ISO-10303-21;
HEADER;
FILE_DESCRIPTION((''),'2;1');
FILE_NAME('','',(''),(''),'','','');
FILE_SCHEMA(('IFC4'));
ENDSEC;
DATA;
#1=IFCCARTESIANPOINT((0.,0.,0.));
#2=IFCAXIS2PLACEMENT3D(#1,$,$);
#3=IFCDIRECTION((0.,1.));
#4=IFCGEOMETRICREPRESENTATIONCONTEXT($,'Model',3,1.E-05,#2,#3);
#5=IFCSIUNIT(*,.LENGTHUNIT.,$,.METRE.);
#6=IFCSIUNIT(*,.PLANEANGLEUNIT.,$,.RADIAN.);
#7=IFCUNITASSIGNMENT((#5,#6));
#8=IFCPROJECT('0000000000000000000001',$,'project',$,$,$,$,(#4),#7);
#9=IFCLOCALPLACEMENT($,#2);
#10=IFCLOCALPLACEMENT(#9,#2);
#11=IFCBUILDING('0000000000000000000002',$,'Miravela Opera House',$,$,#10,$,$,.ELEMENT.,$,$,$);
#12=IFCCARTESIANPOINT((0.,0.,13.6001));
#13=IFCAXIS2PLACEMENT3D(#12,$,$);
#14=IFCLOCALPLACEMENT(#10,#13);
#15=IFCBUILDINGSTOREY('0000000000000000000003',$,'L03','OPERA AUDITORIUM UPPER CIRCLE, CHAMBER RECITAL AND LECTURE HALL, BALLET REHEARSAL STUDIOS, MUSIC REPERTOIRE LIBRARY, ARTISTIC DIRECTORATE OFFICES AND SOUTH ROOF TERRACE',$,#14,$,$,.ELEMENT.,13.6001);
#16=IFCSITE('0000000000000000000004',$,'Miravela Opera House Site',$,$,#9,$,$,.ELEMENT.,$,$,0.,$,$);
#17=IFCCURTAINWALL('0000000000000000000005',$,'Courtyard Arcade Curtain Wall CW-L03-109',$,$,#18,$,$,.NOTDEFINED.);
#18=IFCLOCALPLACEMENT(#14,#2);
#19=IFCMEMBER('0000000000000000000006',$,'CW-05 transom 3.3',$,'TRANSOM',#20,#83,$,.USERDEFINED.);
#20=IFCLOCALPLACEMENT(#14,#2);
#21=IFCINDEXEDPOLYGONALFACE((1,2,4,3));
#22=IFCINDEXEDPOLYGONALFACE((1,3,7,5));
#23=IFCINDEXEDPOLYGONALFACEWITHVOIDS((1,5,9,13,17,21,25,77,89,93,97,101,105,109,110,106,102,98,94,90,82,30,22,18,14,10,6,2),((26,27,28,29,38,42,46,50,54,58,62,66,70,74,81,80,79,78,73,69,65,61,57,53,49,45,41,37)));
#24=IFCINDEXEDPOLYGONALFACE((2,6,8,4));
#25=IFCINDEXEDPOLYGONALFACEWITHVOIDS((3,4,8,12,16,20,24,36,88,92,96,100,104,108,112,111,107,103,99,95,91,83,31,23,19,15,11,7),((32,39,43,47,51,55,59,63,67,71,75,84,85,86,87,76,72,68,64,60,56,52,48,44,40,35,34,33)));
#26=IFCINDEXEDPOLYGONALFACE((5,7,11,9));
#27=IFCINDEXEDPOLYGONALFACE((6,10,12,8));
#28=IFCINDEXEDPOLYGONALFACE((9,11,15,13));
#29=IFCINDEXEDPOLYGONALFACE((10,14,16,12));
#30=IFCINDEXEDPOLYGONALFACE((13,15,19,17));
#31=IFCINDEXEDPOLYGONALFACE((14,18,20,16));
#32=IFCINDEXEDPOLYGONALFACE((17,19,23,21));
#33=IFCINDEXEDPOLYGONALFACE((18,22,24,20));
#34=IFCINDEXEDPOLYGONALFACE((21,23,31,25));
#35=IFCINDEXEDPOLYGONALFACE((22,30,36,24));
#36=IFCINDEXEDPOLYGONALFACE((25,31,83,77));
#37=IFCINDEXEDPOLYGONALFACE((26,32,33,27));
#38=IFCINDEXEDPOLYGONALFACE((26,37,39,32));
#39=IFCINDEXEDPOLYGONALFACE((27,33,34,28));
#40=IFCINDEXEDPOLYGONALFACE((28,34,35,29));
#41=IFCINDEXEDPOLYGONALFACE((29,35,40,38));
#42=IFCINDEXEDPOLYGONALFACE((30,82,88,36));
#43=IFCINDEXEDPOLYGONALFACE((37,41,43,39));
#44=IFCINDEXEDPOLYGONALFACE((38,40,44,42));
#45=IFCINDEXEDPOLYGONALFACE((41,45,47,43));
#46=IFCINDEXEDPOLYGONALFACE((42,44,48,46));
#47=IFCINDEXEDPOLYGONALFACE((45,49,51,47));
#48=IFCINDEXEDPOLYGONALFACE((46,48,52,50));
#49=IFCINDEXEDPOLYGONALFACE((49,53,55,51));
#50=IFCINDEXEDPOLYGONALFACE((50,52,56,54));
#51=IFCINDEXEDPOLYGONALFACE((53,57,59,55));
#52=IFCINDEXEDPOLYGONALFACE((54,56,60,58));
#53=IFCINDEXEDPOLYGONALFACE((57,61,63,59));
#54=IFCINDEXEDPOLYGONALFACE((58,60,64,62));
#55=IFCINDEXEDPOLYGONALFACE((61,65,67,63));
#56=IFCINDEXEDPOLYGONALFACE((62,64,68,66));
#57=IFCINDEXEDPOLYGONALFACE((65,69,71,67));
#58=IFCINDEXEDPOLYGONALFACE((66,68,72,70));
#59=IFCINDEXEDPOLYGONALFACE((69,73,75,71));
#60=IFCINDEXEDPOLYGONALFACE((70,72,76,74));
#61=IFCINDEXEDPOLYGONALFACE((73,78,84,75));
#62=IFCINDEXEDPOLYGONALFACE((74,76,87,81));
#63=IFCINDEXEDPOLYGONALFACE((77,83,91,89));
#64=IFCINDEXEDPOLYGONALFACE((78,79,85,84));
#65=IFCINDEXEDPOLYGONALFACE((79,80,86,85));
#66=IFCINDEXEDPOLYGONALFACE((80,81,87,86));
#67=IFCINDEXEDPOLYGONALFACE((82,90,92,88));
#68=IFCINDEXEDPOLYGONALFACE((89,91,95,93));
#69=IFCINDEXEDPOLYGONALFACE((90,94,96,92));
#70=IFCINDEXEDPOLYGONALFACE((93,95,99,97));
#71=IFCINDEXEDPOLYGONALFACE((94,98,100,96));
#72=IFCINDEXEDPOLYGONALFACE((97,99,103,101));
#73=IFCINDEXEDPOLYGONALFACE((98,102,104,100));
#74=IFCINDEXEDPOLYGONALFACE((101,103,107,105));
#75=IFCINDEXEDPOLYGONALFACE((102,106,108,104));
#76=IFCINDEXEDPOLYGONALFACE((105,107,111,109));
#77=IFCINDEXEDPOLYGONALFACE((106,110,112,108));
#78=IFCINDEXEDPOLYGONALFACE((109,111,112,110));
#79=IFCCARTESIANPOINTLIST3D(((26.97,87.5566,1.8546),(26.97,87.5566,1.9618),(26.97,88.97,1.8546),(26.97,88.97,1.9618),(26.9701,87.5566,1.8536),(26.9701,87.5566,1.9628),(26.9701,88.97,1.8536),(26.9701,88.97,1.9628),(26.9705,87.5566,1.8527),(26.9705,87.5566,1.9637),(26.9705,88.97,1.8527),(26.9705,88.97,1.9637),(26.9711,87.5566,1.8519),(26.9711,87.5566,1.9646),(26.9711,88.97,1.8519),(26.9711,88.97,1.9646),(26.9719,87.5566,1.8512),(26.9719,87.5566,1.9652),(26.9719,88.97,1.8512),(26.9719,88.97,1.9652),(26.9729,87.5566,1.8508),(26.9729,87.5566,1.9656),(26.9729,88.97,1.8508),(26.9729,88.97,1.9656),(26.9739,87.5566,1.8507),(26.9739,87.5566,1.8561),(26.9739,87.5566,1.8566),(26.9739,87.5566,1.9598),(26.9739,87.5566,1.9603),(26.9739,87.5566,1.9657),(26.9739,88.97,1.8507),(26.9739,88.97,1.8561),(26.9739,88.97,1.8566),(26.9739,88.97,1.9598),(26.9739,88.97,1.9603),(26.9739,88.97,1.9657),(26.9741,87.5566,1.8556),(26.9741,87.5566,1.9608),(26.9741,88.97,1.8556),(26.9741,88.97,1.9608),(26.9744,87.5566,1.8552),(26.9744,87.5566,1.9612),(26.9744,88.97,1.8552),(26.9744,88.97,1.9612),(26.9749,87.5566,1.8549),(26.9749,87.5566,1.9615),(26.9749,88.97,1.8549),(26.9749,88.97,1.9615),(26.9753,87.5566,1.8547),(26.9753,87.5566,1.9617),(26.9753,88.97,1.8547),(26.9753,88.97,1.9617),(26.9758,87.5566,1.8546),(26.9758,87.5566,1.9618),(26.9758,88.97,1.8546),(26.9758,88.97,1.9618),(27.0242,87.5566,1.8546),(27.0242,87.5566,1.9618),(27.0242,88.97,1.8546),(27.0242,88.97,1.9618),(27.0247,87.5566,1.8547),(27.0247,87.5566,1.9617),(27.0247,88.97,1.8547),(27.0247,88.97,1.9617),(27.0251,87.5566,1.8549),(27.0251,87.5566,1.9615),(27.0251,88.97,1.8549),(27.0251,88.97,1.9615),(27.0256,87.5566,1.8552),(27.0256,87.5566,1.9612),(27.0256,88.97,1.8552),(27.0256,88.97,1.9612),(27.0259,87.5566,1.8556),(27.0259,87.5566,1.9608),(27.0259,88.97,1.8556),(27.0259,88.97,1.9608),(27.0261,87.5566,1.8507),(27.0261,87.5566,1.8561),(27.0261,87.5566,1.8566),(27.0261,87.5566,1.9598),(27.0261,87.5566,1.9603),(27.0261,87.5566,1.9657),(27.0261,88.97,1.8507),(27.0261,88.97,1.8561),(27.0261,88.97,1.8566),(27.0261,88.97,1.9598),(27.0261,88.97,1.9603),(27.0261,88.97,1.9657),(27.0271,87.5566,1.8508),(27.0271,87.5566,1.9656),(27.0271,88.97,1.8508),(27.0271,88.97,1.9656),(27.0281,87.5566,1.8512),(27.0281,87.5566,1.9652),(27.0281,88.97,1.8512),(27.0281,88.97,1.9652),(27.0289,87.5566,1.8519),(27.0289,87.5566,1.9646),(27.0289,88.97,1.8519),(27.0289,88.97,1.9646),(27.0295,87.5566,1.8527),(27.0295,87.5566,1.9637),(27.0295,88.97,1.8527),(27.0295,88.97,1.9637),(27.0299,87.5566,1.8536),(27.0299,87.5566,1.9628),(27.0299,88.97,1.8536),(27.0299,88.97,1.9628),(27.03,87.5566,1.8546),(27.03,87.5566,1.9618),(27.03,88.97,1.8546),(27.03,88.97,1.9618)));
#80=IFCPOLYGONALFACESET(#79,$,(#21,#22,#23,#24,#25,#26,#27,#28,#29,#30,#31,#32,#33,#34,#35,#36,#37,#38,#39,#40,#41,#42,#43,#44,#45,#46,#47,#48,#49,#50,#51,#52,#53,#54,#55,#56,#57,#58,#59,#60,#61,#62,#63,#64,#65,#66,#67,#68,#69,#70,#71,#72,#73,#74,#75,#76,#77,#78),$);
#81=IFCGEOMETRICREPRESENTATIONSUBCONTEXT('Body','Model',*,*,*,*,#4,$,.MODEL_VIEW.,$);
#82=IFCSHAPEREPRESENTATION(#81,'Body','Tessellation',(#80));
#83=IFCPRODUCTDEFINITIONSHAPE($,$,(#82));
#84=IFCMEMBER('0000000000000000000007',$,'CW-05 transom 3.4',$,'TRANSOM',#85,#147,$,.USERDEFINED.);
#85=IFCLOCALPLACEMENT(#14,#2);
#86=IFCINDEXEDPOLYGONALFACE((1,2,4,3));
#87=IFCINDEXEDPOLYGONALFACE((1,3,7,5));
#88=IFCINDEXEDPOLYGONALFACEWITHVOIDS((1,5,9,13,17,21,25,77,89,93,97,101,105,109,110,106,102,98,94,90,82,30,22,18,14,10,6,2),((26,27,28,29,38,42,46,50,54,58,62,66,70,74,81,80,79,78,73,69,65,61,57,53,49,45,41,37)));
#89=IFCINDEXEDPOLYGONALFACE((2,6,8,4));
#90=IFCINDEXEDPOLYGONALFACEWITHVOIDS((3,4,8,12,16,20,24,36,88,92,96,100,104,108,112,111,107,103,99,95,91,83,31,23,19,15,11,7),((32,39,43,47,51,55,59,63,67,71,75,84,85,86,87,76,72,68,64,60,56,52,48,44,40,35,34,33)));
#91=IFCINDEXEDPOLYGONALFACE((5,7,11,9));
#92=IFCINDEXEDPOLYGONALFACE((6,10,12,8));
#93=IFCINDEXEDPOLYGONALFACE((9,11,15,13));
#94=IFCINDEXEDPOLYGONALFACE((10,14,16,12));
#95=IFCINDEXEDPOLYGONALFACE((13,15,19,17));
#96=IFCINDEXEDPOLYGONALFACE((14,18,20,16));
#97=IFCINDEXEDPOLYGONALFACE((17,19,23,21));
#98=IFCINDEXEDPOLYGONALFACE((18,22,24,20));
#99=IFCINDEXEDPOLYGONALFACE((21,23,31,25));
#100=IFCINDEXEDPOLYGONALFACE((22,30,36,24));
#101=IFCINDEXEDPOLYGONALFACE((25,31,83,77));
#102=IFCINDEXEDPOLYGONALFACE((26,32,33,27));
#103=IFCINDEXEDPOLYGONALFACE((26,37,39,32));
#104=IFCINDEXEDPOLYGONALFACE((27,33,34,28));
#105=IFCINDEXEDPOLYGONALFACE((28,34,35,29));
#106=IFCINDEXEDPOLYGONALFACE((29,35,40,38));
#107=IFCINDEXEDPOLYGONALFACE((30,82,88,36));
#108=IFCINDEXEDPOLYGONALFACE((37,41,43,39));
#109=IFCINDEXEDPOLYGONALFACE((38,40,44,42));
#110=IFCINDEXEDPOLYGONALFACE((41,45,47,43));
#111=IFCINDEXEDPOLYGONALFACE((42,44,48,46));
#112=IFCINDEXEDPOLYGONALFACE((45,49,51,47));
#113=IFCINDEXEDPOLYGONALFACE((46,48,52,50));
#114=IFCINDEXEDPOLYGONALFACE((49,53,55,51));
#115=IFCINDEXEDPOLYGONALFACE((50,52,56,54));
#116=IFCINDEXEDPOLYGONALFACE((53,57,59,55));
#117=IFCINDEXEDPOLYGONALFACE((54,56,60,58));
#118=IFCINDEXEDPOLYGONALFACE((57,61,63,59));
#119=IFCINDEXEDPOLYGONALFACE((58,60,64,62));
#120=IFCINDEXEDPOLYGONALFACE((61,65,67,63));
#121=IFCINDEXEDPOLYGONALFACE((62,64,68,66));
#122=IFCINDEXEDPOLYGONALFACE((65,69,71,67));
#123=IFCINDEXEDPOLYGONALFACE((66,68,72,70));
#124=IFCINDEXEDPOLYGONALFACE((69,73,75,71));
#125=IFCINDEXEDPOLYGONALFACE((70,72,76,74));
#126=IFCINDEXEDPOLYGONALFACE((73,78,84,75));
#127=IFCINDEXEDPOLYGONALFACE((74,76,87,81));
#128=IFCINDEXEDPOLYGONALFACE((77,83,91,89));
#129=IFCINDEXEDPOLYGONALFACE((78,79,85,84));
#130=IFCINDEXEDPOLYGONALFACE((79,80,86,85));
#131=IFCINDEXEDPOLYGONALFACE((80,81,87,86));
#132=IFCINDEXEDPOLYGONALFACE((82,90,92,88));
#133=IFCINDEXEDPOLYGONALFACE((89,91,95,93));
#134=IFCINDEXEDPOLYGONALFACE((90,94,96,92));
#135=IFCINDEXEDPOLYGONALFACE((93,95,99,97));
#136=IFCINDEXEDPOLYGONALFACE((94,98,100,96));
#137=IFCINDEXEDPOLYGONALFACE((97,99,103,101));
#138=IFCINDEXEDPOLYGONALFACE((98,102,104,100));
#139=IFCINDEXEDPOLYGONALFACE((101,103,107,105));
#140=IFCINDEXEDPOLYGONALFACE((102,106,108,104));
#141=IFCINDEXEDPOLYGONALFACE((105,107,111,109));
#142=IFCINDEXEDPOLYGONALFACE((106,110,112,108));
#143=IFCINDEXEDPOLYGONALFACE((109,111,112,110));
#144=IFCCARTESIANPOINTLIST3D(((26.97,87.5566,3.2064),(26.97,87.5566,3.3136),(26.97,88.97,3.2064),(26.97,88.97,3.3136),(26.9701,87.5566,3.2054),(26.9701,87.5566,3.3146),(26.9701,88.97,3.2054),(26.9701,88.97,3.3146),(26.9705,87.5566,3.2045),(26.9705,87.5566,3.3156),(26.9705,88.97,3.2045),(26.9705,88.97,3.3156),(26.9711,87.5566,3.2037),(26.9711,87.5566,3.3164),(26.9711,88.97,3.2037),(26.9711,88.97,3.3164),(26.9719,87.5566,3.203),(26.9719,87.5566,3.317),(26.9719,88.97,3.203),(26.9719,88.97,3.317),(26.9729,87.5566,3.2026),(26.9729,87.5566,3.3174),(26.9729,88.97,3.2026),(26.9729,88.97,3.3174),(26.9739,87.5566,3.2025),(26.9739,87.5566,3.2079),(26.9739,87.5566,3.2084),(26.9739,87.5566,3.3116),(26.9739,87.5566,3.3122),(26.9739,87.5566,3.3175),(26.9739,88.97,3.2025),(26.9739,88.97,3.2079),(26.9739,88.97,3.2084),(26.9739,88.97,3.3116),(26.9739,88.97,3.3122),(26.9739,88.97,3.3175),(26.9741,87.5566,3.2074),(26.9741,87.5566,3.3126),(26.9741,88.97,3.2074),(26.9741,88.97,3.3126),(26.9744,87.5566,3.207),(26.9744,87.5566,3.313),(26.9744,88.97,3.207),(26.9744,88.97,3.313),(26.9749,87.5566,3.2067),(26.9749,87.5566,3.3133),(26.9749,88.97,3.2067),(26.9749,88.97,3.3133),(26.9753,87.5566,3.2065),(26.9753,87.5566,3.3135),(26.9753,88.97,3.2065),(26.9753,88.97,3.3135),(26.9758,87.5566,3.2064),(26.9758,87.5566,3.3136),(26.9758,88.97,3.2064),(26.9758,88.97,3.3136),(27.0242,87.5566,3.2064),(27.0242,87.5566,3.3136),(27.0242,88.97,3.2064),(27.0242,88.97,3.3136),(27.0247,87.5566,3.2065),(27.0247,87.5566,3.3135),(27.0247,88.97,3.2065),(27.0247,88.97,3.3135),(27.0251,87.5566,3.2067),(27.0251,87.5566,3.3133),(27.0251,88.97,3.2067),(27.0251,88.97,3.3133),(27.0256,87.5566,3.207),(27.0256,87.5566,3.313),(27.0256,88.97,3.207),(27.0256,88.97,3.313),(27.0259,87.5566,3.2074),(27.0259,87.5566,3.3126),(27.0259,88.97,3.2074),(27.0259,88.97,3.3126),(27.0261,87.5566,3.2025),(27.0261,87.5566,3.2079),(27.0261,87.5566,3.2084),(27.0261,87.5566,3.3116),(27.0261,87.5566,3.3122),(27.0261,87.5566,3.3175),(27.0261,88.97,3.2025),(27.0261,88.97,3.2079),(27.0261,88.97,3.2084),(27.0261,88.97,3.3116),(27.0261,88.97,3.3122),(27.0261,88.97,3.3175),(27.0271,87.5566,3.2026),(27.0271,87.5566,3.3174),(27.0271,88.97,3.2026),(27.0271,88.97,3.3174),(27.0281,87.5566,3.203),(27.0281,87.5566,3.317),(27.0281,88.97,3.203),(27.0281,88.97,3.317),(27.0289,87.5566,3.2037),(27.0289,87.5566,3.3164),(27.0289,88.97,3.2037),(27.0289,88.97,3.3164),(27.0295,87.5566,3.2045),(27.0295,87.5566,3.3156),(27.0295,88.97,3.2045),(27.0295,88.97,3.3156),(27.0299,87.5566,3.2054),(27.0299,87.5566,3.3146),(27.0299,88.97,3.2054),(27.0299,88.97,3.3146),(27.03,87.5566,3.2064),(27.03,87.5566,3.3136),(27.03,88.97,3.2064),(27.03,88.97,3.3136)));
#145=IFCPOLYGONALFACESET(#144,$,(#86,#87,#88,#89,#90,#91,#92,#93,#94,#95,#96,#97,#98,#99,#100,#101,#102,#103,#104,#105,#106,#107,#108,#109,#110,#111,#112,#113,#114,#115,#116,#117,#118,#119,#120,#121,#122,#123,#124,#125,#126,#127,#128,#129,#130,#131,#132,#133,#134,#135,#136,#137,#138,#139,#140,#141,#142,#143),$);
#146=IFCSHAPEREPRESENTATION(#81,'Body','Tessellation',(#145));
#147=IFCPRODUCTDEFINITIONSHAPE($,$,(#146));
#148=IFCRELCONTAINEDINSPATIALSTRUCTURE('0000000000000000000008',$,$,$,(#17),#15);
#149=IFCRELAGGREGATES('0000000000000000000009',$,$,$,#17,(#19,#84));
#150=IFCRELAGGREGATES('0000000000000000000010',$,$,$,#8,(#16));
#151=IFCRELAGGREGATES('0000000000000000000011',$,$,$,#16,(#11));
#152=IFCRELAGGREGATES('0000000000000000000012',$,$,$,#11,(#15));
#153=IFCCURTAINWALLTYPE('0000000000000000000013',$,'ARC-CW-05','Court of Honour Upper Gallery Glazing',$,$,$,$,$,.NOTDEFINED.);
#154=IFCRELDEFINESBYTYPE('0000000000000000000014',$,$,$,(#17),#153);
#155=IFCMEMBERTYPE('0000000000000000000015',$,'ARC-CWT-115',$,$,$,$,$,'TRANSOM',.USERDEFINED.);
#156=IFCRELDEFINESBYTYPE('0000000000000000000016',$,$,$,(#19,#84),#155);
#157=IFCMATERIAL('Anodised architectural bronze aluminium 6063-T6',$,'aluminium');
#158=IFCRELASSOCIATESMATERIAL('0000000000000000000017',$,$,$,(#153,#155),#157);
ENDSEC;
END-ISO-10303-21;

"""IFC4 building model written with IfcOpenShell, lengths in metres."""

from ifc_helpers import new_model, si_unit, direction, frame, origin, origin_2d, place, context, subcontext, project, spatial, hollow_rectangle, extrude, material, material_profile, profile_set, type_object, element, aggregate, save


model = new_model("IFC4")

# Units and contexts
model_context = context("Model", 3, precision=1e-05, world=origin(), true_north=direction((0.0, 1.0)))
body_context = subcontext(model_context, "Body", "Model", "MODEL_VIEW")
ifc_project = project(units=[si_unit("LENGTHUNIT", "METRE"), si_unit("PLANEANGLEUNIT", "RADIAN")], contexts=[model_context])

# Site, building, storey
site_placement = place(None, origin())
site = spatial("IfcSite", under=ifc_project, at=site_placement, Name="Miravela Opera House Site", CompositionType="ELEMENT", RefElevation=0.0)
building_placement = place(site_placement, origin())
building = spatial("IfcBuilding", under=site, at=building_placement, Name="Miravela Opera House", CompositionType="ELEMENT")
storey_placement = place(building_placement, frame((0.0, 0.0, 13.6001)))
storey = spatial("IfcBuildingStorey", under=building, at=storey_placement, Name="L03", Description="OPERA AUDITORIUM UPPER CIRCLE, CHAMBER RECITAL AND LECTURE HALL, BALLET REHEARSAL STUDIOS, MUSIC REPERTOIRE LIBRARY, ARTISTIC DIRECTORATE OFFICES AND SOUTH ROOF TERRACE", CompositionType="ELEMENT", Elevation=13.6001)

# Curtain wall, members
ifc_material_1 = material(Name="Anodised architectural bronze aluminium 6063-T6", Category="aluminium")
curtain_wall_type = type_object("IfcCurtainWallType", Name="ARC-CW-05", Description="Court of Honour Upper Gallery Glazing", PredefinedType="NOTDEFINED", material=ifc_material_1)
curtain_wall_placement = place(storey_placement, origin())
curtain_wall = element("IfcCurtainWall", 1, at=curtain_wall_placement, inside=storey, type_object=curtain_wall_type, Name="Courtyard Arcade Curtain Wall CW-L03-109", PredefinedType="NOTDEFINED")
ifc_material_profile_1 = material_profile(ifc_material_1, hollow_rectangle(XDim=0.0601, YDim=0.115, WallThickness=0.0039, InnerFilletRadius=0.002, OuterFilletRadius=0.0039, at=origin_2d()), Name="CWT-60X115")
ifc_profile_set_1 = profile_set([ifc_material_profile_1])
member_type_1 = type_object("IfcMemberType", Name="ARC-CWT-115", ElementType="TRANSOM", PredefinedType="USERDEFINED", material=ifc_profile_set_1)
member_1_placement = place(storey_placement, frame((27.0, 87.5566, 1.9082), z_axis=(0.0, 1.0, 0.0), x_axis=(-1.0, 0.0, 0.0)))
member_1 = element("IfcMember", 2, at=member_1_placement, type_object=member_type_1, Name="CW-05 transom 3.3", ObjectType="TRANSOM", PredefinedType="USERDEFINED", context=body_context, shape_type="SweptSolid", body=[
    extrude(hollow_rectangle(XDim=0.0601, YDim=0.115, WallThickness=0.0039, InnerFilletRadius=0.002, OuterFilletRadius=0.0039, at=origin_2d()), origin(), (0.0, 0.0, 1.0), 1.4133),
])
member_2_placement = place(storey_placement, frame((27.0, 87.5566, 3.26), z_axis=(0.0, 1.0, 0.0), x_axis=(-1.0, 0.0, 0.0)))
member_2 = element("IfcMember", 3, at=member_2_placement, type_object=member_type_1, Name="CW-05 transom 3.4", ObjectType="TRANSOM", PredefinedType="USERDEFINED", context=body_context, shape_type="SweptSolid", body=[
    extrude(hollow_rectangle(XDim=0.0601, YDim=0.115, WallThickness=0.0039, InnerFilletRadius=0.002, OuterFilletRadius=0.0039, at=origin_2d()), origin(), (0.0, 0.0, 1.0), 1.4133),
])

aggregate(curtain_wall, [member_1, member_2])

save(model, "model.ifc")
